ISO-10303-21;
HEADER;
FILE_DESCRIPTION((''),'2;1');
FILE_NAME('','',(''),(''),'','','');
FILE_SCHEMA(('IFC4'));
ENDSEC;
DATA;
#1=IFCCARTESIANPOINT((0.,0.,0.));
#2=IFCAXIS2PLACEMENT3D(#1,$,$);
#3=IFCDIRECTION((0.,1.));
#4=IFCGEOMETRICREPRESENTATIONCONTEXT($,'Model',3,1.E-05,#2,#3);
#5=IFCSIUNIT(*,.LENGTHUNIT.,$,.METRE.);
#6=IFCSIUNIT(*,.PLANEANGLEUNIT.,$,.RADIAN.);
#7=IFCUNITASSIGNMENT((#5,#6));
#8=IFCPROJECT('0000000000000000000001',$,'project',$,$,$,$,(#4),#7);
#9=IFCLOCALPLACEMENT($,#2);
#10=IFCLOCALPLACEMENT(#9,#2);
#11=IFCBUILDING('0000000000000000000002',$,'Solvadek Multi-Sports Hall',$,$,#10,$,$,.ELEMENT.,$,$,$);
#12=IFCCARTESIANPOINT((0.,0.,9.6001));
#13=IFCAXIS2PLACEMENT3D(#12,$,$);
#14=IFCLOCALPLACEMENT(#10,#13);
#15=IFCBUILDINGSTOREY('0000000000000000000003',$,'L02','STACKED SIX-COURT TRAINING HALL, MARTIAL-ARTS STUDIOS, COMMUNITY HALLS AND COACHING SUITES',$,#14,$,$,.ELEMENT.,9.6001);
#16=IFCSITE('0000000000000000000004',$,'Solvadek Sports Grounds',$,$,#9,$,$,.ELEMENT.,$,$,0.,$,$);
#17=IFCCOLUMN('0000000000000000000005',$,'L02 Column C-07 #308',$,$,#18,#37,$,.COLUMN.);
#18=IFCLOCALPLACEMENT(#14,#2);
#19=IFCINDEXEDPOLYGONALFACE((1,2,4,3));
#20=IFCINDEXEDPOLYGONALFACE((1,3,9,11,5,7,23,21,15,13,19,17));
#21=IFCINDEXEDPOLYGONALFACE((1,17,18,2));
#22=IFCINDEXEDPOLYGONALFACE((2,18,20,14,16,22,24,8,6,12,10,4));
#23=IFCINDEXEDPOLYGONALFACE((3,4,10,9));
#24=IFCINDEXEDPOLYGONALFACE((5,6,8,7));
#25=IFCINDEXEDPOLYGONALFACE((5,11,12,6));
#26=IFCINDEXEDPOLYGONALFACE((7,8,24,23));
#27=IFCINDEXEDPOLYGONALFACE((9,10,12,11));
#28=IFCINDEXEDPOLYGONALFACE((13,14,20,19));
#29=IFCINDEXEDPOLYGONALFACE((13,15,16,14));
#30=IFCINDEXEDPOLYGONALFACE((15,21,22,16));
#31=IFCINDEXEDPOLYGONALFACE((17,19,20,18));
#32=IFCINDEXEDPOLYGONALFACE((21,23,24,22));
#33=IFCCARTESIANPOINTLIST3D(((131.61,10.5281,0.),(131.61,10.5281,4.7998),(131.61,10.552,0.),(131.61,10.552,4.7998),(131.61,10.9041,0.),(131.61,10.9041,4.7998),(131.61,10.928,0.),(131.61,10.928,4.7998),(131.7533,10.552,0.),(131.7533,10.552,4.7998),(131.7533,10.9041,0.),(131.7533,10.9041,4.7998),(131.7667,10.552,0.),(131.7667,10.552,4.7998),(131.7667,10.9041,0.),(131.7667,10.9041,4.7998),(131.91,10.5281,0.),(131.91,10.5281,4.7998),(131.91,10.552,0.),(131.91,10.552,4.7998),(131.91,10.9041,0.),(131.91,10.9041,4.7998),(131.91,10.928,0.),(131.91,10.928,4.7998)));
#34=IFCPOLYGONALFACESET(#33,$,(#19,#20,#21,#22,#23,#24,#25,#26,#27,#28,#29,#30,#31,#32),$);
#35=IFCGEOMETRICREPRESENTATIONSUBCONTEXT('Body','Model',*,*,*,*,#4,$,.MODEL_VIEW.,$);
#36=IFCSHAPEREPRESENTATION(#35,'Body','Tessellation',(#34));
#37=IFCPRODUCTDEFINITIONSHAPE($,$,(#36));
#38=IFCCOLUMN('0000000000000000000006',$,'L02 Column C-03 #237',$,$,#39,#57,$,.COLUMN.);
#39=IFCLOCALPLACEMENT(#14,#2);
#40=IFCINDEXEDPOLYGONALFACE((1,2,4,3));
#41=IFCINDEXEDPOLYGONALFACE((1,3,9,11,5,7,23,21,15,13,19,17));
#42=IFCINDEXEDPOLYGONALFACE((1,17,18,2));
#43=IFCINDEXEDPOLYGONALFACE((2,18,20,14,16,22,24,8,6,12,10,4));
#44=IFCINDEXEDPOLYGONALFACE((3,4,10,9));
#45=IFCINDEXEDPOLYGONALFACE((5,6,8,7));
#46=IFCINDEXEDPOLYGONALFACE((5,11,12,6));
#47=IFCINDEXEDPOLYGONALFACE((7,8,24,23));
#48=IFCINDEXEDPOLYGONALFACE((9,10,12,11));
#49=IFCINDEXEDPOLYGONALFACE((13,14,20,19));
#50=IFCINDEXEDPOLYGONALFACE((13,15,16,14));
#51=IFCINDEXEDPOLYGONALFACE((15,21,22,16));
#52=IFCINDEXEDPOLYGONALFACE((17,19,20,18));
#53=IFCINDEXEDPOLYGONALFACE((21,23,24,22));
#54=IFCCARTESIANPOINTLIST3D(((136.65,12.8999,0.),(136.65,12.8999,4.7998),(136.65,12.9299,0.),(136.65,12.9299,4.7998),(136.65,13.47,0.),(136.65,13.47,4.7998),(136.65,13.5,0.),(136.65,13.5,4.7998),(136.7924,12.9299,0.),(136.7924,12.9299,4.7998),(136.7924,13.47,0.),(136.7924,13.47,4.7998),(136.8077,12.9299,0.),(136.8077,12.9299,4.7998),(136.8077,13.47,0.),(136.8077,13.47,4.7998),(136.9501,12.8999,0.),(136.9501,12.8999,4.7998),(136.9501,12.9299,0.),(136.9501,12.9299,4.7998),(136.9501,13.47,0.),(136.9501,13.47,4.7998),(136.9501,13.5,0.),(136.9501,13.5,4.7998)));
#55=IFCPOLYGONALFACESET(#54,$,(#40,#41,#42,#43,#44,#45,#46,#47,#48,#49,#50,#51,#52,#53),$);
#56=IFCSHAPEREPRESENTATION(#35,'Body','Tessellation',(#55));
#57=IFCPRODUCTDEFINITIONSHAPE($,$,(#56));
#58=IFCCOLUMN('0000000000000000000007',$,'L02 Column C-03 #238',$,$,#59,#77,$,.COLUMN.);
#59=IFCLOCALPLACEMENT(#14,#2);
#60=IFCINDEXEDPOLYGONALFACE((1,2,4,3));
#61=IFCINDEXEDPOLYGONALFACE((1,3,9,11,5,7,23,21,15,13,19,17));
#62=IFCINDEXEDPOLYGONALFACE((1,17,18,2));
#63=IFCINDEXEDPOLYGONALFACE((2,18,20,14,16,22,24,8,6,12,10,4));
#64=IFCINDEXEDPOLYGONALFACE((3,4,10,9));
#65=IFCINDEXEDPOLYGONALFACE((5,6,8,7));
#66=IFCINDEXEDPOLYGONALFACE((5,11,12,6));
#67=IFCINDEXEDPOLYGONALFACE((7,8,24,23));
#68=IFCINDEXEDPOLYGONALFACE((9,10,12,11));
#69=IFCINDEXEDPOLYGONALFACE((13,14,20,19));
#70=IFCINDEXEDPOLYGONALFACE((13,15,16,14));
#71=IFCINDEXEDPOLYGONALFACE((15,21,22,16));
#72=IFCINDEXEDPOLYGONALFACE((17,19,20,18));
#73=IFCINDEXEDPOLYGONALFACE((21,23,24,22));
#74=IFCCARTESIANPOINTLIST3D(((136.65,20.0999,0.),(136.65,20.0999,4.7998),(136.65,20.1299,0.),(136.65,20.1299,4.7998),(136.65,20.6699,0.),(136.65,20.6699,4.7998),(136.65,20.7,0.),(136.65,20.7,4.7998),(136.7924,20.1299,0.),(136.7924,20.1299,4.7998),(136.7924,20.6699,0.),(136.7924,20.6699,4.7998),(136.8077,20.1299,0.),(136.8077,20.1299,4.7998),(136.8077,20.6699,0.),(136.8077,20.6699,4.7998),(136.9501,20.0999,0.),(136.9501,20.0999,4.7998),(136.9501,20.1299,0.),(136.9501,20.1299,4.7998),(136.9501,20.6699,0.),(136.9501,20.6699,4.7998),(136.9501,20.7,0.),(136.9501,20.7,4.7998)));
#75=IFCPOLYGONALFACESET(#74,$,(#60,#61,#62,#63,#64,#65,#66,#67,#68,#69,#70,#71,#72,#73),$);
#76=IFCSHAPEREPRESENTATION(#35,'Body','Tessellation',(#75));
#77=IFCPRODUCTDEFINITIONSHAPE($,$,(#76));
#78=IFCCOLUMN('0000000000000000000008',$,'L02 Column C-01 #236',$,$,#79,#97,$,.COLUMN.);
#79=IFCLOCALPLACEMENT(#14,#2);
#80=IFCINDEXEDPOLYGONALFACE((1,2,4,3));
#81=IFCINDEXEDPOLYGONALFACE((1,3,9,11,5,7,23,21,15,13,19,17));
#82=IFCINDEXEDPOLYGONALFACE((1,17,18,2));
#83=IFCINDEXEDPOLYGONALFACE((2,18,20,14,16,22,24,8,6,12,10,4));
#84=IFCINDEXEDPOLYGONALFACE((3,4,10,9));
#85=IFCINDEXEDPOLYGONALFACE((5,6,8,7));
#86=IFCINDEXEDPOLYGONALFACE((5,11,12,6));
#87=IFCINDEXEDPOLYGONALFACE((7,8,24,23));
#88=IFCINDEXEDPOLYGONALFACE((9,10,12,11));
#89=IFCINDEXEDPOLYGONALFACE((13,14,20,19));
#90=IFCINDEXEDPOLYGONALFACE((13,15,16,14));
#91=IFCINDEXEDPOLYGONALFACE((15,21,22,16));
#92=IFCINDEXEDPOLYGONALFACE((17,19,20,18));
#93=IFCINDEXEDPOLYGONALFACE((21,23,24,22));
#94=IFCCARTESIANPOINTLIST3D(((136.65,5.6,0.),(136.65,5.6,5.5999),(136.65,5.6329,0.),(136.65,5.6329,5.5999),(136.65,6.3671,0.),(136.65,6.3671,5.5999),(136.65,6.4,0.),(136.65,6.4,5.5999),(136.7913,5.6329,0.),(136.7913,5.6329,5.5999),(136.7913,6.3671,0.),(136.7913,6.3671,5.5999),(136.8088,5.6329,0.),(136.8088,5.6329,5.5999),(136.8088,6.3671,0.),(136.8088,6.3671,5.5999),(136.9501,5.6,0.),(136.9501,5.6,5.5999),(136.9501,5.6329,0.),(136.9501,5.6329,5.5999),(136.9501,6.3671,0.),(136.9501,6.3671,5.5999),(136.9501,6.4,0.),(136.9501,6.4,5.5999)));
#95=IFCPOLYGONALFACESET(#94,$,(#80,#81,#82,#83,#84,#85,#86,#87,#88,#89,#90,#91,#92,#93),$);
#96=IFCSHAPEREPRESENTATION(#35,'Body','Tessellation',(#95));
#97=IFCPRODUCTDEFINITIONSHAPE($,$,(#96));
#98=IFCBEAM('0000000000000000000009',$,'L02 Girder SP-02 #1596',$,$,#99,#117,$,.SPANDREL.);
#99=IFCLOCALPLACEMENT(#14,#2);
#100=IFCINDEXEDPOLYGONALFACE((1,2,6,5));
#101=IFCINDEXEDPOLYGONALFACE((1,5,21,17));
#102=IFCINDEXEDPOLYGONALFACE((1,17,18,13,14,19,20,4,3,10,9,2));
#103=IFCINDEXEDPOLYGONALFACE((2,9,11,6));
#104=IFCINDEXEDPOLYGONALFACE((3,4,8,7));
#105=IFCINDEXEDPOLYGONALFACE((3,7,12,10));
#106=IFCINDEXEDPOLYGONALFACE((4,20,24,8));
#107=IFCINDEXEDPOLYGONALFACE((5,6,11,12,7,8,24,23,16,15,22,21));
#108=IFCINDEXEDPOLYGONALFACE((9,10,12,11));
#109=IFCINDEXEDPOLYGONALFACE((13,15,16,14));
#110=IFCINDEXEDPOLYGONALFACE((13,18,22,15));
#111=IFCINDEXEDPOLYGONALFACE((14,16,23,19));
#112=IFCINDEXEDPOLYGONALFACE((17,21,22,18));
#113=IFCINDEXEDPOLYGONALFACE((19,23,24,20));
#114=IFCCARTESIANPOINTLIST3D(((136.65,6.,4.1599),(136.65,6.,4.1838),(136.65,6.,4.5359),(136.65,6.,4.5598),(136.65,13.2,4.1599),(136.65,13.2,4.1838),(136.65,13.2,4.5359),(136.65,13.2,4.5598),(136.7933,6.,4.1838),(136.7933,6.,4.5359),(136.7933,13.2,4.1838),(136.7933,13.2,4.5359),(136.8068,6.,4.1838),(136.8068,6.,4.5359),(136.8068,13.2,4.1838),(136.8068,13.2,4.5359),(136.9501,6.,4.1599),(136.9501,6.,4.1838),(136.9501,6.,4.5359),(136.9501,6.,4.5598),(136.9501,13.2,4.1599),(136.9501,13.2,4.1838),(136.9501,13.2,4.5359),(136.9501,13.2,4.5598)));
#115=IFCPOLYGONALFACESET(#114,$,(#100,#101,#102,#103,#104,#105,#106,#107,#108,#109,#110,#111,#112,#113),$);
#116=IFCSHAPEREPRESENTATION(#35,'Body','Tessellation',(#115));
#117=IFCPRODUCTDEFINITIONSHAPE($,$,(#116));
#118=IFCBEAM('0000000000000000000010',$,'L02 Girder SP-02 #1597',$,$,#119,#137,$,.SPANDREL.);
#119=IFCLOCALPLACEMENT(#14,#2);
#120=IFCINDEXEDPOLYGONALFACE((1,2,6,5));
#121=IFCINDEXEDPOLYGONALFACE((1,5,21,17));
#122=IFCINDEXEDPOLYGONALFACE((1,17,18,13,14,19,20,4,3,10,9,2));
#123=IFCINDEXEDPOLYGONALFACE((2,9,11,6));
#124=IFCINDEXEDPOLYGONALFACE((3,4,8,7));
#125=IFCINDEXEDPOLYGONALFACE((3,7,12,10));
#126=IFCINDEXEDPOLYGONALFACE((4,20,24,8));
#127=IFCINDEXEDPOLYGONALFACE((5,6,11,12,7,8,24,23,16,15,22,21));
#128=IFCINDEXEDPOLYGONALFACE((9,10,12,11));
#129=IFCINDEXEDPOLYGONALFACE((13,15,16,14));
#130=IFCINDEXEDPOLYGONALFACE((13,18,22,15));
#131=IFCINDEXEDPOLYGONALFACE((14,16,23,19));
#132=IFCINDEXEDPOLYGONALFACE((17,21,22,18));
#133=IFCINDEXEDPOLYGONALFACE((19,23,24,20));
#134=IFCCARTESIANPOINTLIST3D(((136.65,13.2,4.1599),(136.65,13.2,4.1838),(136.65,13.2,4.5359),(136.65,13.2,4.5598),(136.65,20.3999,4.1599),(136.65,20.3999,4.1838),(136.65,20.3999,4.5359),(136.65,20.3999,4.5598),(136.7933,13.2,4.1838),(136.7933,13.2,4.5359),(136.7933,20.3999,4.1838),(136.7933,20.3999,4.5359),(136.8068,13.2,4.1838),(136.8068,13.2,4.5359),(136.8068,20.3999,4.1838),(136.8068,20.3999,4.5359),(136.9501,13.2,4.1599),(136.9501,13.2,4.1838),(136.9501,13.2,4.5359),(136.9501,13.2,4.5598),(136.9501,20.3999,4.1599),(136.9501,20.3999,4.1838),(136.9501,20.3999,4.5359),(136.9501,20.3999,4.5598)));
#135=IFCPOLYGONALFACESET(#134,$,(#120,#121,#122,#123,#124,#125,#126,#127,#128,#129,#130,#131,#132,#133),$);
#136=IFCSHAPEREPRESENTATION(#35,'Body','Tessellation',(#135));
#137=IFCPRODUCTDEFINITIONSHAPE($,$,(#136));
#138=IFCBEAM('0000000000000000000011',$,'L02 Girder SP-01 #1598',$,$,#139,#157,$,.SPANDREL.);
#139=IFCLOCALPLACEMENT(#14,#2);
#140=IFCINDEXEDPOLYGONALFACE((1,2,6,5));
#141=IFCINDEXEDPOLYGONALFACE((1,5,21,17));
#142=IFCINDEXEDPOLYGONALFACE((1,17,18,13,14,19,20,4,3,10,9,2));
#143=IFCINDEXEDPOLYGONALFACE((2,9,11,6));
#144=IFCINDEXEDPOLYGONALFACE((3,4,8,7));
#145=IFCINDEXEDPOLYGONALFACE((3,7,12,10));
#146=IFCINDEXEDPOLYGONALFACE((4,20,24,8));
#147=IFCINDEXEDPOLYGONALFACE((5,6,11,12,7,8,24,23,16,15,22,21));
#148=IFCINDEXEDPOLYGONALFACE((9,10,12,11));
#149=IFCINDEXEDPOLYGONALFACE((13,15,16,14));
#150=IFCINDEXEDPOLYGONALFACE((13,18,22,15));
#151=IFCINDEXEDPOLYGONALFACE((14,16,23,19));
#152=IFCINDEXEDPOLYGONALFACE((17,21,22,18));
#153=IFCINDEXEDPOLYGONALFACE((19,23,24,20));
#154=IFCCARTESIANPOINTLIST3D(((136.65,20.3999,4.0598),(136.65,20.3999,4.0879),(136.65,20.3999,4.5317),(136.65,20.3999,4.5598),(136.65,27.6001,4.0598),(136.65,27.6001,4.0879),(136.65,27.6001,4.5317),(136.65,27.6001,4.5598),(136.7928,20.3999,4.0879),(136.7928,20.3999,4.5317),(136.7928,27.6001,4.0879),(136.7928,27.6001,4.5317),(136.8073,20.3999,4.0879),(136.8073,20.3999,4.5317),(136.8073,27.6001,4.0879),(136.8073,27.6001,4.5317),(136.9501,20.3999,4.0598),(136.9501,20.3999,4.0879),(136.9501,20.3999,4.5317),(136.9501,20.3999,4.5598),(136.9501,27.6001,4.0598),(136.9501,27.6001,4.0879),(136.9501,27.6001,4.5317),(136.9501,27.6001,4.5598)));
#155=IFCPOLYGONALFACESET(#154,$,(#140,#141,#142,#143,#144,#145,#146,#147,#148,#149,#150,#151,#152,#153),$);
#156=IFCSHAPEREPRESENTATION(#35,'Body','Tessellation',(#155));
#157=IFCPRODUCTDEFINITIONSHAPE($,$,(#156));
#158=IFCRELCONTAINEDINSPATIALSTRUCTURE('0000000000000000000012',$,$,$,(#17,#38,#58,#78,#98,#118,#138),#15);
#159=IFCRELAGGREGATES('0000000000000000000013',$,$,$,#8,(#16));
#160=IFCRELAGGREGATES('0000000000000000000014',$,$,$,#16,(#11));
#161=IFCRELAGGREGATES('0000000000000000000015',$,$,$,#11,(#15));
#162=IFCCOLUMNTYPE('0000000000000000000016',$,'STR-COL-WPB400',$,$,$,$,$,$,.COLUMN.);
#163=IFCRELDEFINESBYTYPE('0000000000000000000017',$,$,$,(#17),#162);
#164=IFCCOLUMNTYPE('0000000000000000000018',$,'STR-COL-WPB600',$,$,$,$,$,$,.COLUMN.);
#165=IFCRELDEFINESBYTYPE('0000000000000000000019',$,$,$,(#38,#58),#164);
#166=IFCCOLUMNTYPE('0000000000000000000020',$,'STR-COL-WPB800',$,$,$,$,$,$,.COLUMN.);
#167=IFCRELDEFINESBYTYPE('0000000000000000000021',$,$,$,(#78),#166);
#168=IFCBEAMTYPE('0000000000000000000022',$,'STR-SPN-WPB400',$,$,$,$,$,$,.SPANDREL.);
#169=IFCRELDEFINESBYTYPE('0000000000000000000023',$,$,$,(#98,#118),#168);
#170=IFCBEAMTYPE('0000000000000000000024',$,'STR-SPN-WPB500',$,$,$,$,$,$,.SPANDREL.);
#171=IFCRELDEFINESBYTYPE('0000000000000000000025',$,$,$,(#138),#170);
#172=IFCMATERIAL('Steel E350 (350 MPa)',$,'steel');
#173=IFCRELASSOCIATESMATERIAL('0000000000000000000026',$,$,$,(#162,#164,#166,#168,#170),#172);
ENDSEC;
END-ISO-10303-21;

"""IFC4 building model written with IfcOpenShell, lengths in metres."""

from ifc_helpers import new_model, si_unit, direction, frame, origin, origin_2d, place, context, subcontext, project, spatial, i_section, extrude, material, material_profile, profile_set, type_object, element, save


model = new_model("IFC4")

# Units and contexts
model_context = context("Model", 3, precision=1e-05, world=origin(), true_north=direction((0.0, 1.0)))
body_context = subcontext(model_context, "Body", "Model", "MODEL_VIEW")
ifc_project = project(units=[si_unit("LENGTHUNIT", "METRE"), si_unit("PLANEANGLEUNIT", "RADIAN")], contexts=[model_context])

# Site, building, storey
site_placement = place(None, origin())
site = spatial("IfcSite", under=ifc_project, at=site_placement, Name="Solvadek Sports Grounds", CompositionType="ELEMENT", RefElevation=0.0)
building_placement = place(site_placement, origin())
building = spatial("IfcBuilding", under=site, at=building_placement, Name="Solvadek Multi-Sports Hall", CompositionType="ELEMENT")
storey_placement = place(building_placement, frame((0.0, 0.0, 9.6001)))
storey = spatial("IfcBuildingStorey", under=building, at=storey_placement, Name="L02", Description="STACKED SIX-COURT TRAINING HALL, MARTIAL-ARTS STUDIOS, COMMUNITY HALLS AND COACHING SUITES", CompositionType="ELEMENT", Elevation=9.6001)

# Columns
ifc_material_1 = material(Name="Steel E350 (350 MPa)", Category="steel")
ifc_material_profile_1 = material_profile(ifc_material_1, i_section(OverallWidth=0.3, OverallDepth=0.3999, WebThickness=0.0134, FlangeThickness=0.0239, at=origin_2d()), Name="WPB 400")
ifc_profile_set_1 = profile_set([ifc_material_profile_1], Name="Steel E350 (350 MPa)")
column_type_1 = type_object("IfcColumnType", Name="STR-COL-WPB400", PredefinedType="COLUMN", material=ifc_profile_set_1)
column_1_placement = place(storey_placement, frame((131.76, 10.728, 0.0), z_axis=(0.0, 0.0, 1.0), x_axis=(1.0, 0.0, 0.0)))
element("IfcColumn", 1, at=column_1_placement, inside=storey, type_object=column_type_1, Name="L02 Column C-07 #308", PredefinedType="COLUMN", context=body_context, shape_type="SweptSolid", body=[
    extrude(i_section(OverallWidth=0.3, OverallDepth=0.3999, WebThickness=0.0134, FlangeThickness=0.0239, at=origin_2d()), origin(), (0.0, 0.0, 1.0), 4.7998),
])
ifc_material_profile_2 = material_profile(ifc_material_1, i_section(OverallWidth=0.3, OverallDepth=0.6001, WebThickness=0.0154, FlangeThickness=0.03, at=origin_2d()), Name="WPB 600")
ifc_profile_set_2 = profile_set([ifc_material_profile_2], Name="Steel E350 (350 MPa)")
column_type_2 = type_object("IfcColumnType", Name="STR-COL-WPB600", PredefinedType="COLUMN", material=ifc_profile_set_2)
for number, where, z_axis, x_axis, name in (
    (2, (136.8, 13.2, 0.0), (0.0, 0.0, 1.0), (1.0, 0.0, 0.0), "L02 Column C-03 #237"),
    (3, (136.8, 20.3999, 0.0), (0.0, 0.0, 1.0), (1.0, 0.0, 0.0), "L02 Column C-03 #238"),
):
    element("IfcColumn", number, at=place(storey_placement, frame(where, z_axis=z_axis, x_axis=x_axis)), inside=storey, type_object=column_type_2, Name=name, PredefinedType="COLUMN", context=body_context, shape_type="SweptSolid", body=[
        extrude(i_section(OverallWidth=0.3, OverallDepth=0.6001, WebThickness=0.0154, FlangeThickness=0.03, at=origin_2d()), origin(), (0.0, 0.0, 1.0), 4.7998),
    ])
ifc_material_profile_3 = material_profile(ifc_material_1, i_section(OverallWidth=0.3, OverallDepth=0.8, WebThickness=0.0176, FlangeThickness=0.033, at=origin_2d()), Name="WPB 800")
ifc_profile_set_3 = profile_set([ifc_material_profile_3], Name="Steel E350 (350 MPa)")
column_type_3 = type_object("IfcColumnType", Name="STR-COL-WPB800", PredefinedType="COLUMN", material=ifc_profile_set_3)
column_2_placement = place(storey_placement, frame((136.8, 6.0, 0.0), z_axis=(0.0, 0.0, 1.0), x_axis=(1.0, 0.0, 0.0)))
element("IfcColumn", 4, at=column_2_placement, inside=storey, type_object=column_type_3, Name="L02 Column C-01 #236", PredefinedType="COLUMN", context=body_context, shape_type="SweptSolid", body=[
    extrude(i_section(OverallWidth=0.3, OverallDepth=0.8, WebThickness=0.0176, FlangeThickness=0.033, at=origin_2d()), origin(), (0.0, 0.0, 1.0), 5.5999),
])

# Beams
ifc_material_profile_4 = material_profile(ifc_material_1, i_section(OverallWidth=0.3, OverallDepth=0.3999, WebThickness=0.0134, FlangeThickness=0.0239, at=origin_2d()), Name="WPB 400")
ifc_profile_set_4 = profile_set([ifc_material_profile_4], Name="Steel E350 (350 MPa)")
beam_type_1 = type_object("IfcBeamType", Name="STR-SPN-WPB400", PredefinedType="SPANDREL", material=ifc_profile_set_4)
for number, where, z_axis, x_axis, name in (
    (5, (136.8, 6.0, 4.3599), (0.0, 1.0, 0.0), (-1.0, 0.0, 0.0), "L02 Girder SP-02 #1596"),
    (6, (136.8, 13.2, 4.3599), (0.0, 1.0, 0.0), (-1.0, 0.0, 0.0), "L02 Girder SP-02 #1597"),
):
    element("IfcBeam", number, at=place(storey_placement, frame(where, z_axis=z_axis, x_axis=x_axis)), inside=storey, type_object=beam_type_1, Name=name, PredefinedType="SPANDREL", context=body_context, shape_type="SweptSolid", body=[
        extrude(i_section(OverallWidth=0.3, OverallDepth=0.3999, WebThickness=0.0134, FlangeThickness=0.0239, at=origin_2d()), origin(), (0.0, 0.0, 1.0), 7.2),
    ])
ifc_material_profile_5 = material_profile(ifc_material_1, i_section(OverallWidth=0.3, OverallDepth=0.5, WebThickness=0.0144, FlangeThickness=0.0281, at=origin_2d()), Name="WPB 500")
ifc_profile_set_5 = profile_set([ifc_material_profile_5], Name="Steel E350 (350 MPa)")
beam_type_2 = type_object("IfcBeamType", Name="STR-SPN-WPB500", PredefinedType="SPANDREL", material=ifc_profile_set_5)
beam_placement = place(storey_placement, frame((136.8, 20.3999, 4.3098), z_axis=(0.0, 1.0, 0.0), x_axis=(-1.0, 0.0, 0.0)))
element("IfcBeam", 7, at=beam_placement, inside=storey, type_object=beam_type_2, Name="L02 Girder SP-01 #1598", PredefinedType="SPANDREL", context=body_context, shape_type="SweptSolid", body=[
    extrude(i_section(OverallWidth=0.3, OverallDepth=0.5, WebThickness=0.0144, FlangeThickness=0.0281, at=origin_2d()), origin(), (0.0, 0.0, 1.0), 7.2002),
])

save(model, "model.ifc")
